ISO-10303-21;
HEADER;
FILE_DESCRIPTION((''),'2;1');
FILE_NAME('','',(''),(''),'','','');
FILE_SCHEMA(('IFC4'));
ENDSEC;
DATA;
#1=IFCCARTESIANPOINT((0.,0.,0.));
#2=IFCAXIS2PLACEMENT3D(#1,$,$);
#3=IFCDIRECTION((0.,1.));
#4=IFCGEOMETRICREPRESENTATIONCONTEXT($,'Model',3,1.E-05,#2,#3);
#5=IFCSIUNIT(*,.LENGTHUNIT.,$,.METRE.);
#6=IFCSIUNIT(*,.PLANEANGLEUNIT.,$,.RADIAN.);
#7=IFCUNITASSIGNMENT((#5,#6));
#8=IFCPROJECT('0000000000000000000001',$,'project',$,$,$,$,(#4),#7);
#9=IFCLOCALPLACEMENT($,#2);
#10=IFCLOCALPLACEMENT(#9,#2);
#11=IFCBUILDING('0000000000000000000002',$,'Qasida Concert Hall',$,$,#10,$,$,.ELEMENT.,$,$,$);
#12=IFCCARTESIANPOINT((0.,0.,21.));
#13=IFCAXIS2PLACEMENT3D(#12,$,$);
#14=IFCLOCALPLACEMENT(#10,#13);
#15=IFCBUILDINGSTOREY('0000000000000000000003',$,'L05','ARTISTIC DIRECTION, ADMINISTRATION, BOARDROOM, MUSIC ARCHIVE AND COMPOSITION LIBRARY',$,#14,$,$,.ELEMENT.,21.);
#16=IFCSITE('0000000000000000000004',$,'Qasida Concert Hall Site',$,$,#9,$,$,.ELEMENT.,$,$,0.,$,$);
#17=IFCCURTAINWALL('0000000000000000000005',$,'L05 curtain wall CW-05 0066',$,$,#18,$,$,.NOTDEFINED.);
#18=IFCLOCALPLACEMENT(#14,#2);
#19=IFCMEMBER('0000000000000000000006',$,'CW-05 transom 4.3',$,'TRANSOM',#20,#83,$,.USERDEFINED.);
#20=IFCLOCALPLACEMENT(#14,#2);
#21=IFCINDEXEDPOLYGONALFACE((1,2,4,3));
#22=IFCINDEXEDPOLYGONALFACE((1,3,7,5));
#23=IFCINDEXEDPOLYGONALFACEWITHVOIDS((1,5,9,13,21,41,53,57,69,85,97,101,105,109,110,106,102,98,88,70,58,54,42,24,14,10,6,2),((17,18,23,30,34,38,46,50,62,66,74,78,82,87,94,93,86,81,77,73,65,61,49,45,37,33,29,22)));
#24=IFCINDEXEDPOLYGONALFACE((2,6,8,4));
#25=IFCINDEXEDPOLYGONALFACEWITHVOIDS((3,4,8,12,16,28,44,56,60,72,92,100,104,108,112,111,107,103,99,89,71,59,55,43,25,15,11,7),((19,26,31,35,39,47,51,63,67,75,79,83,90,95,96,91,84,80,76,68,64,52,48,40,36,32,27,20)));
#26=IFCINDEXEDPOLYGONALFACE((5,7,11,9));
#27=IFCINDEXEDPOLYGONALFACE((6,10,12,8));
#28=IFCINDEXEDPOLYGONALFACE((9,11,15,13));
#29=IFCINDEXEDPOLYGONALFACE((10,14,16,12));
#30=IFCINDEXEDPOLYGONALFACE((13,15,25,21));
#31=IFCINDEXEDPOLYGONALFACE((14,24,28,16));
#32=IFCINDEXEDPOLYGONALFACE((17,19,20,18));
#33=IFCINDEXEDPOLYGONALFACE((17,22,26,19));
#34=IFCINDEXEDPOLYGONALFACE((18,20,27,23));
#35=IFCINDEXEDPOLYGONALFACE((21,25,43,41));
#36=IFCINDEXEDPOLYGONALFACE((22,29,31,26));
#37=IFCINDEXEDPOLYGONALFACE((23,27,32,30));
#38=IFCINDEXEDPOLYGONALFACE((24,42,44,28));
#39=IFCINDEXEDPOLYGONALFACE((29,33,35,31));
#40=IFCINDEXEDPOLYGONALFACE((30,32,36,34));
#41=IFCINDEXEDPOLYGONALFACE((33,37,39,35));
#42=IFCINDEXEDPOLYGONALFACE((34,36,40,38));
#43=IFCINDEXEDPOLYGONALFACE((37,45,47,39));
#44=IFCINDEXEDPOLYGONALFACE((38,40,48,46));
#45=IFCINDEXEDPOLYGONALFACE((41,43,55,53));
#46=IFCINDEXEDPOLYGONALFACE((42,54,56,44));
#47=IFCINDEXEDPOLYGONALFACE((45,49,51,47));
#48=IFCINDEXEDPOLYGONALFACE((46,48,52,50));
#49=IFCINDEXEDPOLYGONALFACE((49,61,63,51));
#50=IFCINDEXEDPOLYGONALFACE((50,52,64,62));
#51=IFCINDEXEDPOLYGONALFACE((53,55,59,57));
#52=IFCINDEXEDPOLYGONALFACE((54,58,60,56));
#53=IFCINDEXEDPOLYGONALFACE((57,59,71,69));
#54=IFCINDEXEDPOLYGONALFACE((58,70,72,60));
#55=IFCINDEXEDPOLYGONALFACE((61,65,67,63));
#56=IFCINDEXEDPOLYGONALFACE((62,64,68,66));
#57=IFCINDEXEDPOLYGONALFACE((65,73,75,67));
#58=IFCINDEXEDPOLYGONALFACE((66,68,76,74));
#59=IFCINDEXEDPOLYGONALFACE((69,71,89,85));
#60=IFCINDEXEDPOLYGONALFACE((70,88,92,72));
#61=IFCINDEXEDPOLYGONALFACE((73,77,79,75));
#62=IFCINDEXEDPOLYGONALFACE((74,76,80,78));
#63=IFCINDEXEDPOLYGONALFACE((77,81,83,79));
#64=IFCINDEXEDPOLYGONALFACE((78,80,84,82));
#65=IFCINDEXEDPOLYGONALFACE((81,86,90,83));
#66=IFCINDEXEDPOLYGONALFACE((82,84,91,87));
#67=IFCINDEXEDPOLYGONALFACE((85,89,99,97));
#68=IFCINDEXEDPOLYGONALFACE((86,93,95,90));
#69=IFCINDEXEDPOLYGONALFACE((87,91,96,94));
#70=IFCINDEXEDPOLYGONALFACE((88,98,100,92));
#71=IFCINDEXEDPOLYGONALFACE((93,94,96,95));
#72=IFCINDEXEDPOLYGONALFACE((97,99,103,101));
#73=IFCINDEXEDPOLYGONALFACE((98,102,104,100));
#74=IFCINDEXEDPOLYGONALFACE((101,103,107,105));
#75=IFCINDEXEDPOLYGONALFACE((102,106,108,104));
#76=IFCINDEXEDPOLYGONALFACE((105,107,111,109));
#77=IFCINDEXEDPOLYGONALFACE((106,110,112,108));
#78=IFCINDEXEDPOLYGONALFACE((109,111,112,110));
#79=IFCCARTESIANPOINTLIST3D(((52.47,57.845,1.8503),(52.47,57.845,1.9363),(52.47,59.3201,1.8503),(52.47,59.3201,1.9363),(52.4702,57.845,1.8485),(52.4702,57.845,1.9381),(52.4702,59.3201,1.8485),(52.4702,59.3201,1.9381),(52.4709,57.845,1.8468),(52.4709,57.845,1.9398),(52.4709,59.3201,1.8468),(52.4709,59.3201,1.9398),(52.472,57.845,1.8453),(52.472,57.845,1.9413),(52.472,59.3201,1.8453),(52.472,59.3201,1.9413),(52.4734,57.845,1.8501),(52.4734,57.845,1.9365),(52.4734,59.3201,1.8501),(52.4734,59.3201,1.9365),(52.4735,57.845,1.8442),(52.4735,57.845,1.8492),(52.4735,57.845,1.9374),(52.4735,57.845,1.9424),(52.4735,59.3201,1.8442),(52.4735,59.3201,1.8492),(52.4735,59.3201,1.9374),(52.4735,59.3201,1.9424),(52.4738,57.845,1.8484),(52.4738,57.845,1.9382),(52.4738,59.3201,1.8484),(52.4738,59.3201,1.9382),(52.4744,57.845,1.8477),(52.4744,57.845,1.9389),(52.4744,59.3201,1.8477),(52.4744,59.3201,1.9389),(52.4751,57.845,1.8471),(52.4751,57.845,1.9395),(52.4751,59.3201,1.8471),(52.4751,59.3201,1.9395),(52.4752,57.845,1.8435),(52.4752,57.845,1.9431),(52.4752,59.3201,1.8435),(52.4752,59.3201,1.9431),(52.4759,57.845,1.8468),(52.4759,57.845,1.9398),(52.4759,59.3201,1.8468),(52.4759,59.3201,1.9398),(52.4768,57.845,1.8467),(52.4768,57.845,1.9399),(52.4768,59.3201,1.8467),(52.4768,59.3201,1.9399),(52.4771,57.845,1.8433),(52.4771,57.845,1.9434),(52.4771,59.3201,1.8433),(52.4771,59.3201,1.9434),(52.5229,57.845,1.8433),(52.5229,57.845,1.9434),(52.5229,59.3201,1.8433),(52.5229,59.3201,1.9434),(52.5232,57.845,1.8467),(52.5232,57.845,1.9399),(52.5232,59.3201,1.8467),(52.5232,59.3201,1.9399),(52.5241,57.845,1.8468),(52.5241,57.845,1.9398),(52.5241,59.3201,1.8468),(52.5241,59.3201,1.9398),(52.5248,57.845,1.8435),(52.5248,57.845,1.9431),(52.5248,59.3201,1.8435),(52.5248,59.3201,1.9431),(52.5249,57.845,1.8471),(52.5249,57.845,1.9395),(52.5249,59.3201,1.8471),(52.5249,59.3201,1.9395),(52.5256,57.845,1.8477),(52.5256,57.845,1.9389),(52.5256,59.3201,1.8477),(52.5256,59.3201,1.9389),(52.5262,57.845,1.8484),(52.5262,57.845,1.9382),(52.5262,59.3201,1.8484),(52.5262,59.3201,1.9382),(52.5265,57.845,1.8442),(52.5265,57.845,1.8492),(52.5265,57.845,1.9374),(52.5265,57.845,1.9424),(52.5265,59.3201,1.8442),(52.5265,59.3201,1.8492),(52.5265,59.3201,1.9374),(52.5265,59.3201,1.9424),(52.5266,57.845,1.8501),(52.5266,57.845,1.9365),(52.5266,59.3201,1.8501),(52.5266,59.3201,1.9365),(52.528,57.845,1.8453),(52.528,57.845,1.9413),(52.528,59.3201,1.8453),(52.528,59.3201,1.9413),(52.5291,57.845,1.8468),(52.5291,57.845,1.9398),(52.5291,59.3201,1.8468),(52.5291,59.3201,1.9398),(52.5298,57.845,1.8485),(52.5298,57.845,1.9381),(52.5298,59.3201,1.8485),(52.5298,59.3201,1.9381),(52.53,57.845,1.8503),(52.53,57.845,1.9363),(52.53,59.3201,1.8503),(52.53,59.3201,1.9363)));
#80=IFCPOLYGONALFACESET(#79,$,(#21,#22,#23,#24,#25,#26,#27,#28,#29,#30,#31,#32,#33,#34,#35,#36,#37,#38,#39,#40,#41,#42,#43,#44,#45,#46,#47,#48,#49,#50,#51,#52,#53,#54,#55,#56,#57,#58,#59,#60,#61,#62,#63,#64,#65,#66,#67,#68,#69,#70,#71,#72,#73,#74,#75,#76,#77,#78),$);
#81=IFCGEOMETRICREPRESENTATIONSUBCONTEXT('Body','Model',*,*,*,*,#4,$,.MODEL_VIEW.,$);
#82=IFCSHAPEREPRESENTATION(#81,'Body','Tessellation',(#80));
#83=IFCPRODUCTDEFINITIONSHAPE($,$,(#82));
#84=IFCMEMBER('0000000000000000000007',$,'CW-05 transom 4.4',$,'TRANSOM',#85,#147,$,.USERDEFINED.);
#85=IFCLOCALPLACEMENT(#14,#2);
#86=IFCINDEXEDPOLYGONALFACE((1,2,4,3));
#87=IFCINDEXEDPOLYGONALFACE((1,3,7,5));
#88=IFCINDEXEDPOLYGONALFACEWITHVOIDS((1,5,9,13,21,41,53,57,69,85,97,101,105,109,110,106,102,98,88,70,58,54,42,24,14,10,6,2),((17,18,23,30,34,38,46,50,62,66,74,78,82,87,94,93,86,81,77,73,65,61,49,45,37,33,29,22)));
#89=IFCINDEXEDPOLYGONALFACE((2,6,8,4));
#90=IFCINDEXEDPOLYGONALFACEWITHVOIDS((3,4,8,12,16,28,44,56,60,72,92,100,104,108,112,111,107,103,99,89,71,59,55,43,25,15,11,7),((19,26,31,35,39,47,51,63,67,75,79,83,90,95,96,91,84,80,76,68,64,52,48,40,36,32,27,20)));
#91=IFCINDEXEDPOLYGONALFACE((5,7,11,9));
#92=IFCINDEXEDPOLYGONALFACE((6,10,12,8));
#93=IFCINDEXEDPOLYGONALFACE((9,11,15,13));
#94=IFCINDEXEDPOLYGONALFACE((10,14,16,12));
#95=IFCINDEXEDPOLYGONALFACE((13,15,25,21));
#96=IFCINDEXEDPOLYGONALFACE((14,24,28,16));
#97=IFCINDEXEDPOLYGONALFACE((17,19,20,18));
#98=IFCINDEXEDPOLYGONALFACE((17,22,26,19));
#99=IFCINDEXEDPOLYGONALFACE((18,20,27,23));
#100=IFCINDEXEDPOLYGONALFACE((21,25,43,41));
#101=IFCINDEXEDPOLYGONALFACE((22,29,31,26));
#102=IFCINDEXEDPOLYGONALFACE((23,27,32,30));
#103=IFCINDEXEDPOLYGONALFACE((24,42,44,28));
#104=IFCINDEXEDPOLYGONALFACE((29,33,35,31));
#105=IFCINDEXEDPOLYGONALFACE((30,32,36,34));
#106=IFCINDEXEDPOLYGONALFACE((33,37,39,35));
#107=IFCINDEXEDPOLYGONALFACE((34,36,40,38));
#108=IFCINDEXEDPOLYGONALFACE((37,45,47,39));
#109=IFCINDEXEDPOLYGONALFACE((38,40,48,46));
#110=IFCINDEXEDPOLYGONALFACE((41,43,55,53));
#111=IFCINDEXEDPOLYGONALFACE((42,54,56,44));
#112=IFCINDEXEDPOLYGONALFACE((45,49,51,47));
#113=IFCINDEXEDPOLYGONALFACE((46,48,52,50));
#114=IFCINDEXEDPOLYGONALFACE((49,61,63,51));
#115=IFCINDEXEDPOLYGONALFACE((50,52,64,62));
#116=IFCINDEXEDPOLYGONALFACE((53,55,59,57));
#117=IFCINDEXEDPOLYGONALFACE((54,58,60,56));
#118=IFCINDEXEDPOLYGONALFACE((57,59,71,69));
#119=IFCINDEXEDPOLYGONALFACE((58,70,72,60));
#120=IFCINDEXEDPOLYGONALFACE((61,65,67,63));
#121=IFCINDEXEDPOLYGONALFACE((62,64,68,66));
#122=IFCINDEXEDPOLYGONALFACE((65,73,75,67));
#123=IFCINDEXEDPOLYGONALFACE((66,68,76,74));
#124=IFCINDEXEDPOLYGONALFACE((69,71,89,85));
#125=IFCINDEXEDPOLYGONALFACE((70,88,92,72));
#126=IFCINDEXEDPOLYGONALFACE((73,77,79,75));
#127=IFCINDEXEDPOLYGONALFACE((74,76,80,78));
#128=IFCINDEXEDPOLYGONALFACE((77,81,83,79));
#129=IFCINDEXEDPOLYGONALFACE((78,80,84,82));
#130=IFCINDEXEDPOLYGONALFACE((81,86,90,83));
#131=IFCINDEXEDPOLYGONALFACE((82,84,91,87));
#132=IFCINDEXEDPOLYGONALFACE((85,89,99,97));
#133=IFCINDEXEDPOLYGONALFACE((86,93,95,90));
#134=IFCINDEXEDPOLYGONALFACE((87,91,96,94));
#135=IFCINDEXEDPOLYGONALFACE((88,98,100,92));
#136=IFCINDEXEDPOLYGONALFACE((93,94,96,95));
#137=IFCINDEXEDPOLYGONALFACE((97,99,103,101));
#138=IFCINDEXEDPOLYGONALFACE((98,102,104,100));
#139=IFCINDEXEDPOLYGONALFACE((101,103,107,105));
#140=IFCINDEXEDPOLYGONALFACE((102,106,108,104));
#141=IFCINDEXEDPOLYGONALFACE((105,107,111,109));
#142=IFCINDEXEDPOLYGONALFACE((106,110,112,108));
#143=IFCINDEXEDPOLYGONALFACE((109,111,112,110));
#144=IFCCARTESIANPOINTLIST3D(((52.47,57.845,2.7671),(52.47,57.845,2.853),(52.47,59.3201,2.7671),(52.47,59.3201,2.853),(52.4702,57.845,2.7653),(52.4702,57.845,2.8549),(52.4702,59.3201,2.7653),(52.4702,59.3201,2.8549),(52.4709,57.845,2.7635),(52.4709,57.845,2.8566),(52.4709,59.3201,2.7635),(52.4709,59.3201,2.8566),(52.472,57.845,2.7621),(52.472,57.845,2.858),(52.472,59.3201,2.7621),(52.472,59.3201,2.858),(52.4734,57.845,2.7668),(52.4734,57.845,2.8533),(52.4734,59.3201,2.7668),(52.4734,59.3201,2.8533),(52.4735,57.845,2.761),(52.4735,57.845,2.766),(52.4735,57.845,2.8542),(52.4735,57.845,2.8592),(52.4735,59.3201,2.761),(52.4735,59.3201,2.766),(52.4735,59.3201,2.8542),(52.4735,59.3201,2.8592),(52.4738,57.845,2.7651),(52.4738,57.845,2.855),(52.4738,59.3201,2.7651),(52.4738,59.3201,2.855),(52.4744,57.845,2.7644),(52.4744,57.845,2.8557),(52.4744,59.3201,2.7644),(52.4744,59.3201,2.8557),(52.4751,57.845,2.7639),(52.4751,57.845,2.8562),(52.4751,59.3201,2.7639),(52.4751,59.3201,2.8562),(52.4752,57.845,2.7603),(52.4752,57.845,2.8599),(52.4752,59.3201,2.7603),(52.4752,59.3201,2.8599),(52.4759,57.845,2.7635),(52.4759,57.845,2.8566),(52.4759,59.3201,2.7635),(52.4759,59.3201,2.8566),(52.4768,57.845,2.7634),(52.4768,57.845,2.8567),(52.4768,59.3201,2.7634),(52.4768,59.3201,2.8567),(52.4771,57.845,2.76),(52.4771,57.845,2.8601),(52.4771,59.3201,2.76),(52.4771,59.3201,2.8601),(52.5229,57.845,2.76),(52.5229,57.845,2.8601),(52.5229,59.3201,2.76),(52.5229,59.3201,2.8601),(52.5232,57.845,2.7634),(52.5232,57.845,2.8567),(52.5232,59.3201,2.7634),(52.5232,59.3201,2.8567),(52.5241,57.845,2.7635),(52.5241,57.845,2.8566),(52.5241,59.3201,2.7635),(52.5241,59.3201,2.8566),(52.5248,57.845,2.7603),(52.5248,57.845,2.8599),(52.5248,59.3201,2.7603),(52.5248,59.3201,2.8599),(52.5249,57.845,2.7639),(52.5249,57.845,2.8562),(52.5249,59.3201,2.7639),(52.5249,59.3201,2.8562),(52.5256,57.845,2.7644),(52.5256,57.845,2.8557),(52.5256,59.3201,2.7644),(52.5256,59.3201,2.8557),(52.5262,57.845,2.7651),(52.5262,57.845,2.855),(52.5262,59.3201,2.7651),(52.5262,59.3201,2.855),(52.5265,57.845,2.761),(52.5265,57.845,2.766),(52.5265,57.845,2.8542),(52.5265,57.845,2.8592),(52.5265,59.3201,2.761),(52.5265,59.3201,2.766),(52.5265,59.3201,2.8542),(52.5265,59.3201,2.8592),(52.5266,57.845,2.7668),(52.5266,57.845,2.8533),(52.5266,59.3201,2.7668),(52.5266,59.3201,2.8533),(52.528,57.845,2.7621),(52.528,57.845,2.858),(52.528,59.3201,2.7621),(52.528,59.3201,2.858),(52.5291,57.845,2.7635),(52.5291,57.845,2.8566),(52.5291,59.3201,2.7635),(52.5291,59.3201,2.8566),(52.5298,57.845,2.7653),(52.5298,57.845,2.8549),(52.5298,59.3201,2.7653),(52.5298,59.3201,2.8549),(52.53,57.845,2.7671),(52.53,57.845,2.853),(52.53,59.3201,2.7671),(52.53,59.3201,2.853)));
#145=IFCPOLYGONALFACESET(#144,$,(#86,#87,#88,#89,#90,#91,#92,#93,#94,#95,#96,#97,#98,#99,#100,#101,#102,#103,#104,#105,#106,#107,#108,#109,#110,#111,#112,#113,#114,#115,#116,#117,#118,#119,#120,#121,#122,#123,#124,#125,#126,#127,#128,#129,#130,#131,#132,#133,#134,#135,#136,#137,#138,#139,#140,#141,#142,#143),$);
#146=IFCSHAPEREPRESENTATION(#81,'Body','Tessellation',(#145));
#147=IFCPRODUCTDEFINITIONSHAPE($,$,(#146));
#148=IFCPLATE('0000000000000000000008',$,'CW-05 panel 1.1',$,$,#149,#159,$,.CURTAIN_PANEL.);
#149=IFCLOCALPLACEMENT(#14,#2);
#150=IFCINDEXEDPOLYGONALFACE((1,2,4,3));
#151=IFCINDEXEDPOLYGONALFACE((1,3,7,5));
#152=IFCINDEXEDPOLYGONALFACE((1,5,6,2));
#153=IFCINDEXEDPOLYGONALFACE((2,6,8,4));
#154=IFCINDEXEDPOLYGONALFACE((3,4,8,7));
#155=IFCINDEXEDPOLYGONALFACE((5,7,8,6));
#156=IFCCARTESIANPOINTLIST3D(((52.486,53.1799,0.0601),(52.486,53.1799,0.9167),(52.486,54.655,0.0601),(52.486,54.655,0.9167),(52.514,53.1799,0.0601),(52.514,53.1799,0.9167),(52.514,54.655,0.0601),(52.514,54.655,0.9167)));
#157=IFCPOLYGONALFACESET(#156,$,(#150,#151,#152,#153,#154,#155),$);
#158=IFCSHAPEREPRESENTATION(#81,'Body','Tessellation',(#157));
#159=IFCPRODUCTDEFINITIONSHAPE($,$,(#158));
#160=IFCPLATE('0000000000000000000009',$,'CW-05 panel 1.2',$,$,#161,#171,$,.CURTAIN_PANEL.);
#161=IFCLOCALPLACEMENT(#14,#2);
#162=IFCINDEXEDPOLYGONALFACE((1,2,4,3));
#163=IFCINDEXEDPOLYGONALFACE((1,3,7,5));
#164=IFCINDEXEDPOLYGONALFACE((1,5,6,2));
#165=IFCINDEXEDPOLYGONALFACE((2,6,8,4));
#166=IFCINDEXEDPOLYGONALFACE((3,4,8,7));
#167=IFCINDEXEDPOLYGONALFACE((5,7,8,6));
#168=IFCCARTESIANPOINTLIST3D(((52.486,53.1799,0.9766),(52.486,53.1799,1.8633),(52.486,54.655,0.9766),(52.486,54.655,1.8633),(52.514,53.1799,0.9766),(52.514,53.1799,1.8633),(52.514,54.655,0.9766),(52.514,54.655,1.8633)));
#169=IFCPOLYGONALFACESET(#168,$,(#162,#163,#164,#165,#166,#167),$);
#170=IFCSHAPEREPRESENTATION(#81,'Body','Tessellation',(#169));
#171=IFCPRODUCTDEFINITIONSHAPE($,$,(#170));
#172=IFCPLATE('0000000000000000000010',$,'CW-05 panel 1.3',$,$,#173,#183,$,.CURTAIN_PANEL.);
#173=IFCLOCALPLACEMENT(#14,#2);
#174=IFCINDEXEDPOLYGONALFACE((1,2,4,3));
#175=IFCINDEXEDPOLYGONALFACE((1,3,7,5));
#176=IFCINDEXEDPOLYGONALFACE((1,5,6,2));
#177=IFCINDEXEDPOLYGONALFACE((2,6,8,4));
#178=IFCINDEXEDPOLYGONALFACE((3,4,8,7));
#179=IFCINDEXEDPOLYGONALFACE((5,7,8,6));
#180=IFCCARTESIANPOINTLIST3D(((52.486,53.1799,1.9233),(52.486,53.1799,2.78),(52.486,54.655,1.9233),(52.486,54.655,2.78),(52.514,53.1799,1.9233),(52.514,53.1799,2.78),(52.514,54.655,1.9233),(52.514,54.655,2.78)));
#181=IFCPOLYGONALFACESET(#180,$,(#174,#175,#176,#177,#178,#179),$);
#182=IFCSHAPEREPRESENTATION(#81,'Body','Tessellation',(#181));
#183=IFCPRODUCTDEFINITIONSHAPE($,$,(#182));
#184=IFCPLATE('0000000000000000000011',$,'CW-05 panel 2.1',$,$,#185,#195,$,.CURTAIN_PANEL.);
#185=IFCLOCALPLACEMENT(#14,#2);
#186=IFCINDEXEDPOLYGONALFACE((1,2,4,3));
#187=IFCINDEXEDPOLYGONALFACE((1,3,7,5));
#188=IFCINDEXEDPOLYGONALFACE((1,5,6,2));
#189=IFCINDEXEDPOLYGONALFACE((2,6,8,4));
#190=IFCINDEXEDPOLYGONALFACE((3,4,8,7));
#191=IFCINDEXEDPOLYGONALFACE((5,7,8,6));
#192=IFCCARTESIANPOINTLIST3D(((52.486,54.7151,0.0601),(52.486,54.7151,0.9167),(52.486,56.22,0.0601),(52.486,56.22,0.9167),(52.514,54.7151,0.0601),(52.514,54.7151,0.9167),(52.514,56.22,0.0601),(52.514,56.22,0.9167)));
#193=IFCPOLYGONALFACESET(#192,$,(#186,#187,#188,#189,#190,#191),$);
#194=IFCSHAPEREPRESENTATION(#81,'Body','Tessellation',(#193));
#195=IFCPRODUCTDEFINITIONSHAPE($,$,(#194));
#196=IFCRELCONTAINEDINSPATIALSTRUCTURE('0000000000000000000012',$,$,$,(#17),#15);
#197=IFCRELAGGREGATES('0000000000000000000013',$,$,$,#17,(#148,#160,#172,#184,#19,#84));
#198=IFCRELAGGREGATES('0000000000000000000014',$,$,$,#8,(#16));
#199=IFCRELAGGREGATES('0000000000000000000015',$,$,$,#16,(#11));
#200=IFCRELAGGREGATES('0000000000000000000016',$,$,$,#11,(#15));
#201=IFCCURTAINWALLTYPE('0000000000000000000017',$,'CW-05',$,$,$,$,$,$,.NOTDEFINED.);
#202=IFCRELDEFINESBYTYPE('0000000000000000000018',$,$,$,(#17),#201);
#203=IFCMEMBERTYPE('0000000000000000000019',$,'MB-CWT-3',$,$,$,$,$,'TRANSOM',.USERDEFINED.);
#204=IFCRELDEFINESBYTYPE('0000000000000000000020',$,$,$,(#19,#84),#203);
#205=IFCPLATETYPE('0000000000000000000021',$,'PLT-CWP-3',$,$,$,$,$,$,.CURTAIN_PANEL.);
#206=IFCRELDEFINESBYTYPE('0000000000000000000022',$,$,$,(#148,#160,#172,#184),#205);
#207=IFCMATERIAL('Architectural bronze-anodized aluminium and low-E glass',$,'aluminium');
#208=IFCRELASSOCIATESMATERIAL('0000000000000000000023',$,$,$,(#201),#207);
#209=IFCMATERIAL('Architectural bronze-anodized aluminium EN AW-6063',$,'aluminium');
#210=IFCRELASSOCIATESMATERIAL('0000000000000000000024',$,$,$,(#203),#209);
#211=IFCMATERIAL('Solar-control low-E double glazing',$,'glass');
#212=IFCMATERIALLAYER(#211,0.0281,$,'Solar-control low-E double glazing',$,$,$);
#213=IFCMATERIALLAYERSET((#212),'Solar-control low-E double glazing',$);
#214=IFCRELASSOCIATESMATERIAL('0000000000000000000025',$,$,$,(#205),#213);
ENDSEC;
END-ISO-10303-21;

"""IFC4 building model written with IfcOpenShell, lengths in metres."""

from ifc_helpers import new_model, si_unit, direction, frame, origin, origin_2d, place, context, subcontext, project, spatial, rectangle, hollow_rectangle, extrude, material, layer, layer_set, material_profile, profile_set, type_object, element, aggregate, save


model = new_model("IFC4")

# Units and contexts
model_context = context("Model", 3, precision=1e-05, world=origin(), true_north=direction((0.0, 1.0)))
body_context = subcontext(model_context, "Body", "Model", "MODEL_VIEW")
ifc_project = project(units=[si_unit("LENGTHUNIT", "METRE"), si_unit("PLANEANGLEUNIT", "RADIAN")], contexts=[model_context])

# Site, building, storey
site_placement = place(None, origin())
site = spatial("IfcSite", under=ifc_project, at=site_placement, Name="Qasida Concert Hall Site", CompositionType="ELEMENT", RefElevation=0.0)
building_placement = place(site_placement, origin())
building = spatial("IfcBuilding", under=site, at=building_placement, Name="Qasida Concert Hall", CompositionType="ELEMENT")
storey_placement = place(building_placement, frame((0.0, 0.0, 21.0)))
storey = spatial("IfcBuildingStorey", under=building, at=storey_placement, Name="L05", Description="ARTISTIC DIRECTION, ADMINISTRATION, BOARDROOM, MUSIC ARCHIVE AND COMPOSITION LIBRARY", CompositionType="ELEMENT", Elevation=21.0)

# Curtain wall, members, plates
ifc_material_1 = material(Name="Architectural bronze-anodized aluminium and low-E glass", Category="aluminium")
curtain_wall_type = type_object("IfcCurtainWallType", Name="CW-05", PredefinedType="NOTDEFINED", material=ifc_material_1)
curtain_wall_placement = place(storey_placement, origin())
curtain_wall = element("IfcCurtainWall", 1, at=curtain_wall_placement, inside=storey, type_object=curtain_wall_type, Name="L05 curtain wall CW-05 0066", PredefinedType="NOTDEFINED")
ifc_material_2 = material(Name="Architectural bronze-anodized aluminium EN AW-6063", Category="aluminium")
ifc_material_profile_1 = material_profile(ifc_material_2, hollow_rectangle(XDim=0.0601, YDim=0.1001, WallThickness=0.0034, InnerFilletRadius=0.0034, OuterFilletRadius=0.0071, at=origin_2d()), Name="CWT 100x60x3.5")
ifc_profile_set_1 = profile_set([ifc_material_profile_1], Name="Architectural bronze-anodized aluminium EN AW-6063")
member_type_1 = type_object("IfcMemberType", Name="MB-CWT-3", ElementType="TRANSOM", PredefinedType="USERDEFINED", material=ifc_profile_set_1)
member_1_placement = place(storey_placement, frame((52.5, 57.845, 1.8933), z_axis=(0.0, 1.0, 0.0), x_axis=(-1.0, 0.0, 0.0)))
member_1 = element("IfcMember", 2, at=member_1_placement, type_object=member_type_1, Name="CW-05 transom 4.3", ObjectType="TRANSOM", PredefinedType="USERDEFINED", context=body_context, shape_type="SweptSolid", body=[
    extrude(hollow_rectangle(XDim=0.0601, YDim=0.1001, WallThickness=0.0034, InnerFilletRadius=0.0034, OuterFilletRadius=0.0071, at=origin_2d()), origin(), (0.0, 0.0, 1.0), 1.4751),
])
member_2_placement = place(storey_placement, frame((52.5, 57.845, 2.8101), z_axis=(0.0, 1.0, 0.0), x_axis=(-1.0, 0.0, 0.0)))
member_2 = element("IfcMember", 3, at=member_2_placement, type_object=member_type_1, Name="CW-05 transom 4.4", ObjectType="TRANSOM", PredefinedType="USERDEFINED", context=body_context, shape_type="SweptSolid", body=[
    extrude(hollow_rectangle(XDim=0.0601, YDim=0.1001, WallThickness=0.0034, InnerFilletRadius=0.0034, OuterFilletRadius=0.0071, at=origin_2d()), origin(), (0.0, 0.0, 1.0), 1.4751),
])
ifc_material_3 = material(Name="Solar-control low-E double glazing", Category="glass")
ifc_layer = layer(ifc_material_3, 0.0281, Name="Solar-control low-E double glazing")
ifc_layer_set = layer_set([ifc_layer], Name="Solar-control low-E double glazing")
plate_type = type_object("IfcPlateType", Name="PLT-CWP-3", PredefinedType="CURTAIN_PANEL", material=ifc_layer_set)
plate_1_placement = place(storey_placement, frame((52.5, 53.9175, 0.0601), z_axis=(0.0, 0.0, 1.0), x_axis=(0.0, 1.0, 0.0)))
plate_1 = element("IfcPlate", 4, at=plate_1_placement, type_object=plate_type, Name="CW-05 panel 1.1", PredefinedType="CURTAIN_PANEL", context=body_context, shape_type="SweptSolid", body=[
    extrude(rectangle(XDim=1.4751, YDim=0.0281, at=origin_2d()), origin(), (0.0, 0.0, 1.0), 0.8567),
])
plate_2_placement = place(storey_placement, frame((52.5, 53.9175, 0.9766), z_axis=(0.0, 0.0, 1.0), x_axis=(0.0, 1.0, 0.0)))
plate_2 = element("IfcPlate", 5, at=plate_2_placement, type_object=plate_type, Name="CW-05 panel 1.2", PredefinedType="CURTAIN_PANEL", context=body_context, shape_type="SweptSolid", body=[
    extrude(rectangle(XDim=1.4751, YDim=0.0281, at=origin_2d()), origin(), (0.0, 0.0, 1.0), 0.8867),
])
plate_3_placement = place(storey_placement, frame((52.5, 53.9175, 1.9233), z_axis=(0.0, 0.0, 1.0), x_axis=(0.0, 1.0, 0.0)))
plate_3 = element("IfcPlate", 6, at=plate_3_placement, type_object=plate_type, Name="CW-05 panel 1.3", PredefinedType="CURTAIN_PANEL", context=body_context, shape_type="SweptSolid", body=[
    extrude(rectangle(XDim=1.4751, YDim=0.0281, at=origin_2d()), origin(), (0.0, 0.0, 1.0), 0.8567),
])
plate_4_placement = place(storey_placement, frame((52.5, 55.4675, 0.0601), z_axis=(0.0, 0.0, 1.0), x_axis=(0.0, 1.0, 0.0)))
plate_4 = element("IfcPlate", 7, at=plate_4_placement, type_object=plate_type, Name="CW-05 panel 2.1", PredefinedType="CURTAIN_PANEL", context=body_context, shape_type="SweptSolid", body=[
    extrude(rectangle(XDim=1.5049, YDim=0.0281, at=origin_2d()), origin(), (0.0, 0.0, 1.0), 0.8567),
])
aggregate(curtain_wall, [plate_1, plate_2, plate_3, plate_4, member_1, member_2])

save(model, "model.ifc")
